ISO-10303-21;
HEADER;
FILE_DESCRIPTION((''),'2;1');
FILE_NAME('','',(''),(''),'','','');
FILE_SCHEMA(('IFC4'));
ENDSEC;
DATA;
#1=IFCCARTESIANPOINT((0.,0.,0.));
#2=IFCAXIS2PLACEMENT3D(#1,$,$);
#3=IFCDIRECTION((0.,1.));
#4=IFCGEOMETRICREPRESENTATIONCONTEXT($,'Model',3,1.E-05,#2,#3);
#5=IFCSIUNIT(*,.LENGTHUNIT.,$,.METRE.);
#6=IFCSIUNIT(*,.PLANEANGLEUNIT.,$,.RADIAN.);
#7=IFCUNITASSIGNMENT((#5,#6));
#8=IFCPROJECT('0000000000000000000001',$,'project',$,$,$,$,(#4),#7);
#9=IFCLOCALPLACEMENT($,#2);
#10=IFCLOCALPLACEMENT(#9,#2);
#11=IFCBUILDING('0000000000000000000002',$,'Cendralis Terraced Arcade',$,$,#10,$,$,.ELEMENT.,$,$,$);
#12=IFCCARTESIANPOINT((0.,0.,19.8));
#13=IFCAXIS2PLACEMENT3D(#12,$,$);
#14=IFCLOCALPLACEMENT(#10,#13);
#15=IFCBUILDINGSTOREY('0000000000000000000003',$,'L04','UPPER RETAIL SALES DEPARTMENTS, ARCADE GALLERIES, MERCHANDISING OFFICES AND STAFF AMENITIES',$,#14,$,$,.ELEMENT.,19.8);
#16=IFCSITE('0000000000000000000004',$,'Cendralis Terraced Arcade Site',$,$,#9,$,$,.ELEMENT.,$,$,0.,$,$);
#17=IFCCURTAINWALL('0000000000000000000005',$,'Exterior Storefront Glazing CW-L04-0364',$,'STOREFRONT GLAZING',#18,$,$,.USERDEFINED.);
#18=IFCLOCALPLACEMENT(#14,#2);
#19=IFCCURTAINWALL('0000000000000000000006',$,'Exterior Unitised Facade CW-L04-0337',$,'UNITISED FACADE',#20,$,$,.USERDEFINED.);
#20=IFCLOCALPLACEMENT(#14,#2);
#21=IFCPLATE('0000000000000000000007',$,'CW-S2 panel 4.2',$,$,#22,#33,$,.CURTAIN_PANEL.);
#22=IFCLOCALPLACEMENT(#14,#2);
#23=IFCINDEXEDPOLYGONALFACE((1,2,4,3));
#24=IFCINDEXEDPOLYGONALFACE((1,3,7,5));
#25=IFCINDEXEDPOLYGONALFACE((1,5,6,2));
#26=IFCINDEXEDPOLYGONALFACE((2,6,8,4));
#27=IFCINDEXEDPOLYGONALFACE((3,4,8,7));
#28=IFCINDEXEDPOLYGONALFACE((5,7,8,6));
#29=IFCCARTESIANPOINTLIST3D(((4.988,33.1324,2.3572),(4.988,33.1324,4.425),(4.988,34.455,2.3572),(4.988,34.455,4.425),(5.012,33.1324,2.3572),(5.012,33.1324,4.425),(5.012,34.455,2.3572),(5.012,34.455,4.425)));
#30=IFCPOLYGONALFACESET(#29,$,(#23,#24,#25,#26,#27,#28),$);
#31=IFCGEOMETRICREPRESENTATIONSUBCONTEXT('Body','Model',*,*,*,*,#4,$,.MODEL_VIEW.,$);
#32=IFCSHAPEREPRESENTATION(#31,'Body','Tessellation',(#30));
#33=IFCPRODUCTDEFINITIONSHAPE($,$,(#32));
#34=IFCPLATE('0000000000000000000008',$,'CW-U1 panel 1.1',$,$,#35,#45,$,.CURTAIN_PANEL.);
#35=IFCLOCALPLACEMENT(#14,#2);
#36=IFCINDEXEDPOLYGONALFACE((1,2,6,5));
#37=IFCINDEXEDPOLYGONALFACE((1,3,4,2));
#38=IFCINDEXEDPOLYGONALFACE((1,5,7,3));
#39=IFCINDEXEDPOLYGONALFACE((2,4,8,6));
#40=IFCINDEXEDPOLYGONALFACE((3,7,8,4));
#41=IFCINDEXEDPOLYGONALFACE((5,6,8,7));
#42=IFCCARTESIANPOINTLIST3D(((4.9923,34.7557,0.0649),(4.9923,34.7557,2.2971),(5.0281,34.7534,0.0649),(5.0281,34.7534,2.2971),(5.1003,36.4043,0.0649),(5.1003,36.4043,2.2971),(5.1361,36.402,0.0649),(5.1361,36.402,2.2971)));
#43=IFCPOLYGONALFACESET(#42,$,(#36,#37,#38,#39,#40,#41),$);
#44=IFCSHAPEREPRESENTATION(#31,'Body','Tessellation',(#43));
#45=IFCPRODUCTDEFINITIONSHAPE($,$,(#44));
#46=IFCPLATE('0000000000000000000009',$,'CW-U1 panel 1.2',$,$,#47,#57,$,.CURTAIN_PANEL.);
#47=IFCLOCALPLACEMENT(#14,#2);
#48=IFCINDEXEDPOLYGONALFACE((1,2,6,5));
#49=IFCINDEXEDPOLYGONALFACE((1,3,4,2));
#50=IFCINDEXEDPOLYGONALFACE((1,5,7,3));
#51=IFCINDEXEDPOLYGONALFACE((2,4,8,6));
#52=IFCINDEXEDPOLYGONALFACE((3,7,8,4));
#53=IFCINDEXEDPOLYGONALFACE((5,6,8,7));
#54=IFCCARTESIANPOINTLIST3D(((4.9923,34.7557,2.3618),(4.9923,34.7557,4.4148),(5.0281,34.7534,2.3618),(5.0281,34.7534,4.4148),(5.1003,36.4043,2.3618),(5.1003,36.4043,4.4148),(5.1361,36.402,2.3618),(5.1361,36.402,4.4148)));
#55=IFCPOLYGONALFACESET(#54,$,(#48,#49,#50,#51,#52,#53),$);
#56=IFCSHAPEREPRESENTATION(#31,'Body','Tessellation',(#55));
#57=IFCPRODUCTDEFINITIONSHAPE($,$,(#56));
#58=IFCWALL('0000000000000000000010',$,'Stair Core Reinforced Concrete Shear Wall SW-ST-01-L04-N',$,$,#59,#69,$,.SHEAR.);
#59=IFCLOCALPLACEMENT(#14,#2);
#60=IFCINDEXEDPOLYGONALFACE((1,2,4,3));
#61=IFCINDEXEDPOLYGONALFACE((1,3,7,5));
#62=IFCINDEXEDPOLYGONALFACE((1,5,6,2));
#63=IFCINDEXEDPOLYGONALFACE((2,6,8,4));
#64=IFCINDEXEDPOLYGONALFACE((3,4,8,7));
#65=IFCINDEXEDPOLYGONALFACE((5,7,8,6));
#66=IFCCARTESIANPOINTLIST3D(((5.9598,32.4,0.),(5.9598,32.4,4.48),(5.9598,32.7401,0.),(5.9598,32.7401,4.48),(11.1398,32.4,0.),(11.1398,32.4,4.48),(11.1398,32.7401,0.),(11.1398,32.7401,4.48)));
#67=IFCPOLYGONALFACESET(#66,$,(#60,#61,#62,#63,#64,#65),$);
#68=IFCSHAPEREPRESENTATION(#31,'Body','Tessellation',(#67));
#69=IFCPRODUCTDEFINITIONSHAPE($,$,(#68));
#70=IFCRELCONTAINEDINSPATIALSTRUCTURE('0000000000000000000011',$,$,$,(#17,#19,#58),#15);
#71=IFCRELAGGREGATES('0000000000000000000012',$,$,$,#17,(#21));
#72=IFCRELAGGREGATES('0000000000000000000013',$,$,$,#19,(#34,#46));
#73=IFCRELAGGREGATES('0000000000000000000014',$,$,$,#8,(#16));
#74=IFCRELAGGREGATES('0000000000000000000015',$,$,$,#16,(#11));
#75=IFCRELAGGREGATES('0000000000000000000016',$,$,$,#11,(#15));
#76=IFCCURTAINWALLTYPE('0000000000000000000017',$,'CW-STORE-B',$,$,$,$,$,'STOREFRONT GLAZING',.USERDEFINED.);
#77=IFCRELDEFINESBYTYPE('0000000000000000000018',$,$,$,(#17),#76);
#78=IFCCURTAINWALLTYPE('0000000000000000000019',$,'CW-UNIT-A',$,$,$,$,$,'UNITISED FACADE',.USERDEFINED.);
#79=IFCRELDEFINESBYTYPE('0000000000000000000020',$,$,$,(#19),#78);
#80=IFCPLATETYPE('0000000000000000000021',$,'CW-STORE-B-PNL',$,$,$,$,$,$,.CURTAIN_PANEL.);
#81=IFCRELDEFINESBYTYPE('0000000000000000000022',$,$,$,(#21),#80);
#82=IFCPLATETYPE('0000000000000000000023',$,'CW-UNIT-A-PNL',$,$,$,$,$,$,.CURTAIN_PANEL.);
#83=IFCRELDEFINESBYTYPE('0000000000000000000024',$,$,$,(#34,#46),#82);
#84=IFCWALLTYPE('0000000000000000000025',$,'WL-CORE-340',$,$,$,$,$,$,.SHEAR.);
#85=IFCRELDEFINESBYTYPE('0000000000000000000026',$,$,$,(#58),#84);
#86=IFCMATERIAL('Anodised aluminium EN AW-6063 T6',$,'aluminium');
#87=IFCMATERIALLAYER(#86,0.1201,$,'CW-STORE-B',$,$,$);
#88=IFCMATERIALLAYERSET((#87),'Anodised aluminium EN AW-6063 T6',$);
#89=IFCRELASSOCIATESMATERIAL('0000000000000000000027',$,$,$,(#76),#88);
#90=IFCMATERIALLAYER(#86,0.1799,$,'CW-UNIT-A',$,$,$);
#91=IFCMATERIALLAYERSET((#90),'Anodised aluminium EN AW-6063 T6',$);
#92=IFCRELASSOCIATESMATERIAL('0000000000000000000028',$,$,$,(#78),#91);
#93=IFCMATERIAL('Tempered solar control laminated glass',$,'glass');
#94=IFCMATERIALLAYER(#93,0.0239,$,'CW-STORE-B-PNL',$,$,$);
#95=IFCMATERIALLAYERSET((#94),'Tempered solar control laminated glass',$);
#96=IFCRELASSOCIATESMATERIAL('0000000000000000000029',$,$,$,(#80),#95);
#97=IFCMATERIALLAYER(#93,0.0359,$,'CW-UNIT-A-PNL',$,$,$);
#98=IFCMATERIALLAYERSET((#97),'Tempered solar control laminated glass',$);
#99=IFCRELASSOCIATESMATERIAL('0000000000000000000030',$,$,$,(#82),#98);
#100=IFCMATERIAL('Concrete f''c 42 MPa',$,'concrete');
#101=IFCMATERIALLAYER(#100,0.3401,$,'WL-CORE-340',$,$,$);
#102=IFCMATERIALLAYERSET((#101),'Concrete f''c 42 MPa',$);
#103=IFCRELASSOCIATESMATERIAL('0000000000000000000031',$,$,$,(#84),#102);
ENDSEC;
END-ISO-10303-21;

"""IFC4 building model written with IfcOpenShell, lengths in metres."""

from ifc_helpers import new_model, si_unit, direction, frame, frame_2d, origin, origin_2d, place, context, subcontext, project, spatial, rectangle, extrude, material, layer, layer_set, type_object, element, aggregate, save


model = new_model("IFC4")

# Units and contexts
model_context = context("Model", 3, precision=1e-05, world=origin(), true_north=direction((0.0, 1.0)))
body_context = subcontext(model_context, "Body", "Model", "MODEL_VIEW")
ifc_project = project(units=[si_unit("LENGTHUNIT", "METRE"), si_unit("PLANEANGLEUNIT", "RADIAN")], contexts=[model_context])

# Site, building, storey
site_placement = place(None, origin())
site = spatial("IfcSite", under=ifc_project, at=site_placement, Name="Cendralis Terraced Arcade Site", CompositionType="ELEMENT", RefElevation=0.0)
building_placement = place(site_placement, origin())
building = spatial("IfcBuilding", under=site, at=building_placement, Name="Cendralis Terraced Arcade", CompositionType="ELEMENT")
storey_placement = place(building_placement, frame((0.0, 0.0, 19.8)))
storey = spatial("IfcBuildingStorey", under=building, at=storey_placement, Name="L04", Description="UPPER RETAIL SALES DEPARTMENTS, ARCADE GALLERIES, MERCHANDISING OFFICES AND STAFF AMENITIES", CompositionType="ELEMENT", Elevation=19.8)

# Curtain walls
ifc_material_1 = material(Name="Anodised aluminium EN AW-6063 T6", Category="aluminium")
ifc_layer_1 = layer(ifc_material_1, 0.1201, Name="CW-STORE-B")
ifc_layer_set_1 = layer_set([ifc_layer_1], Name="Anodised aluminium EN AW-6063 T6")
curtain_wall_type_1 = type_object("IfcCurtainWallType", Name="CW-STORE-B", ElementType="STOREFRONT GLAZING", PredefinedType="USERDEFINED", material=ifc_layer_set_1)
curtain_wall_1_placement = place(storey_placement, origin())
curtain_wall_1 = element("IfcCurtainWall", 1, at=curtain_wall_1_placement, inside=storey, type_object=curtain_wall_type_1, Name="Exterior Storefront Glazing CW-L04-0364", ObjectType="STOREFRONT GLAZING", PredefinedType="USERDEFINED")
ifc_layer_2 = layer(ifc_material_1, 0.1799, Name="CW-UNIT-A")
ifc_layer_set_2 = layer_set([ifc_layer_2], Name="Anodised aluminium EN AW-6063 T6")
curtain_wall_type_2 = type_object("IfcCurtainWallType", Name="CW-UNIT-A", ElementType="UNITISED FACADE", PredefinedType="USERDEFINED", material=ifc_layer_set_2)
curtain_wall_2_placement = place(storey_placement, origin())
curtain_wall_2 = element("IfcCurtainWall", 2, at=curtain_wall_2_placement, inside=storey, type_object=curtain_wall_type_2, Name="Exterior Unitised Facade CW-L04-0337", ObjectType="UNITISED FACADE", PredefinedType="USERDEFINED")

# Plates
ifc_material_2 = material(Name="Tempered solar control laminated glass", Category="glass")
ifc_layer_3 = layer(ifc_material_2, 0.0239, Name="CW-STORE-B-PNL")
ifc_layer_set_3 = layer_set([ifc_layer_3], Name="Tempered solar control laminated glass")
plate_type_1 = type_object("IfcPlateType", Name="CW-STORE-B-PNL", PredefinedType="CURTAIN_PANEL", material=ifc_layer_set_3)
plate_1_placement = place(storey_placement, frame((5.0, 33.7937, 2.3572), z_axis=(0.0, 0.0, 1.0), x_axis=(0.0, 1.0, 0.0)))
plate_1 = element("IfcPlate", 3, at=plate_1_placement, type_object=plate_type_1, Name="CW-S2 panel 4.2", PredefinedType="CURTAIN_PANEL", context=body_context, shape_type="SweptSolid", body=[
    extrude(rectangle(XDim=1.3225, YDim=0.0239, at=origin_2d()), origin(), (0.0, 0.0, 1.0), 2.0679),
])
aggregate(curtain_wall_1, [plate_1])
ifc_layer_4 = layer(ifc_material_2, 0.0359, Name="CW-UNIT-A-PNL")
ifc_layer_set_4 = layer_set([ifc_layer_4], Name="Tempered solar control laminated glass")
plate_type_2 = type_object("IfcPlateType", Name="CW-UNIT-A-PNL", PredefinedType="CURTAIN_PANEL", material=ifc_layer_set_4)
plate_2_placement = place(storey_placement, frame((5.0642, 35.5789, 0.0649), z_axis=(0.0, 0.0, 1.0), x_axis=(0.065372, 0.997861, 0.0)))
plate_2 = element("IfcPlate", 4, at=plate_2_placement, type_object=plate_type_2, Name="CW-U1 panel 1.1", PredefinedType="CURTAIN_PANEL", context=body_context, shape_type="SweptSolid", body=[
    extrude(rectangle(XDim=1.6521, YDim=0.0359, at=origin_2d()), origin(), (0.0, 0.0, 1.0), 2.2322),
])
plate_3_placement = place(storey_placement, frame((5.0642, 35.5789, 2.3618), z_axis=(0.0, 0.0, 1.0), x_axis=(0.065372, 0.997861, 0.0)))
plate_3 = element("IfcPlate", 5, at=plate_3_placement, type_object=plate_type_2, Name="CW-U1 panel 1.2", PredefinedType="CURTAIN_PANEL", context=body_context, shape_type="SweptSolid", body=[
    extrude(rectangle(XDim=1.6521, YDim=0.0359, at=origin_2d()), origin(), (0.0, 0.0, 1.0), 2.053),
])
aggregate(curtain_wall_2, [plate_2, plate_3])

# Wall
ifc_material_3 = material(Name="Concrete f'c 42 MPa", Category="concrete")
ifc_layer_5 = layer(ifc_material_3, 0.3401, Name="WL-CORE-340")
ifc_layer_set_5 = layer_set([ifc_layer_5], Name="Concrete f'c 42 MPa")
wall_type = type_object("IfcWallType", Name="WL-CORE-340", PredefinedType="SHEAR", material=ifc_layer_set_5)
wall_placement = place(storey_placement, frame((5.96, 32.5701, 0.0), z_axis=(0.0, 0.0, 1.0), x_axis=(1.0, 0.0, 0.0)))
element("IfcWall", 6, at=wall_placement, inside=storey, type_object=wall_type, Name="Stair Core Reinforced Concrete Shear Wall SW-ST-01-L04-N", PredefinedType="SHEAR", context=body_context, shape_type="SweptSolid", body=[
    extrude(rectangle(XDim=5.1799, YDim=0.3401, at=frame_2d((2.5898, 0.0))), origin(), (0.0, 0.0, 1.0), 4.48),
])

save(model, "model.ifc")
